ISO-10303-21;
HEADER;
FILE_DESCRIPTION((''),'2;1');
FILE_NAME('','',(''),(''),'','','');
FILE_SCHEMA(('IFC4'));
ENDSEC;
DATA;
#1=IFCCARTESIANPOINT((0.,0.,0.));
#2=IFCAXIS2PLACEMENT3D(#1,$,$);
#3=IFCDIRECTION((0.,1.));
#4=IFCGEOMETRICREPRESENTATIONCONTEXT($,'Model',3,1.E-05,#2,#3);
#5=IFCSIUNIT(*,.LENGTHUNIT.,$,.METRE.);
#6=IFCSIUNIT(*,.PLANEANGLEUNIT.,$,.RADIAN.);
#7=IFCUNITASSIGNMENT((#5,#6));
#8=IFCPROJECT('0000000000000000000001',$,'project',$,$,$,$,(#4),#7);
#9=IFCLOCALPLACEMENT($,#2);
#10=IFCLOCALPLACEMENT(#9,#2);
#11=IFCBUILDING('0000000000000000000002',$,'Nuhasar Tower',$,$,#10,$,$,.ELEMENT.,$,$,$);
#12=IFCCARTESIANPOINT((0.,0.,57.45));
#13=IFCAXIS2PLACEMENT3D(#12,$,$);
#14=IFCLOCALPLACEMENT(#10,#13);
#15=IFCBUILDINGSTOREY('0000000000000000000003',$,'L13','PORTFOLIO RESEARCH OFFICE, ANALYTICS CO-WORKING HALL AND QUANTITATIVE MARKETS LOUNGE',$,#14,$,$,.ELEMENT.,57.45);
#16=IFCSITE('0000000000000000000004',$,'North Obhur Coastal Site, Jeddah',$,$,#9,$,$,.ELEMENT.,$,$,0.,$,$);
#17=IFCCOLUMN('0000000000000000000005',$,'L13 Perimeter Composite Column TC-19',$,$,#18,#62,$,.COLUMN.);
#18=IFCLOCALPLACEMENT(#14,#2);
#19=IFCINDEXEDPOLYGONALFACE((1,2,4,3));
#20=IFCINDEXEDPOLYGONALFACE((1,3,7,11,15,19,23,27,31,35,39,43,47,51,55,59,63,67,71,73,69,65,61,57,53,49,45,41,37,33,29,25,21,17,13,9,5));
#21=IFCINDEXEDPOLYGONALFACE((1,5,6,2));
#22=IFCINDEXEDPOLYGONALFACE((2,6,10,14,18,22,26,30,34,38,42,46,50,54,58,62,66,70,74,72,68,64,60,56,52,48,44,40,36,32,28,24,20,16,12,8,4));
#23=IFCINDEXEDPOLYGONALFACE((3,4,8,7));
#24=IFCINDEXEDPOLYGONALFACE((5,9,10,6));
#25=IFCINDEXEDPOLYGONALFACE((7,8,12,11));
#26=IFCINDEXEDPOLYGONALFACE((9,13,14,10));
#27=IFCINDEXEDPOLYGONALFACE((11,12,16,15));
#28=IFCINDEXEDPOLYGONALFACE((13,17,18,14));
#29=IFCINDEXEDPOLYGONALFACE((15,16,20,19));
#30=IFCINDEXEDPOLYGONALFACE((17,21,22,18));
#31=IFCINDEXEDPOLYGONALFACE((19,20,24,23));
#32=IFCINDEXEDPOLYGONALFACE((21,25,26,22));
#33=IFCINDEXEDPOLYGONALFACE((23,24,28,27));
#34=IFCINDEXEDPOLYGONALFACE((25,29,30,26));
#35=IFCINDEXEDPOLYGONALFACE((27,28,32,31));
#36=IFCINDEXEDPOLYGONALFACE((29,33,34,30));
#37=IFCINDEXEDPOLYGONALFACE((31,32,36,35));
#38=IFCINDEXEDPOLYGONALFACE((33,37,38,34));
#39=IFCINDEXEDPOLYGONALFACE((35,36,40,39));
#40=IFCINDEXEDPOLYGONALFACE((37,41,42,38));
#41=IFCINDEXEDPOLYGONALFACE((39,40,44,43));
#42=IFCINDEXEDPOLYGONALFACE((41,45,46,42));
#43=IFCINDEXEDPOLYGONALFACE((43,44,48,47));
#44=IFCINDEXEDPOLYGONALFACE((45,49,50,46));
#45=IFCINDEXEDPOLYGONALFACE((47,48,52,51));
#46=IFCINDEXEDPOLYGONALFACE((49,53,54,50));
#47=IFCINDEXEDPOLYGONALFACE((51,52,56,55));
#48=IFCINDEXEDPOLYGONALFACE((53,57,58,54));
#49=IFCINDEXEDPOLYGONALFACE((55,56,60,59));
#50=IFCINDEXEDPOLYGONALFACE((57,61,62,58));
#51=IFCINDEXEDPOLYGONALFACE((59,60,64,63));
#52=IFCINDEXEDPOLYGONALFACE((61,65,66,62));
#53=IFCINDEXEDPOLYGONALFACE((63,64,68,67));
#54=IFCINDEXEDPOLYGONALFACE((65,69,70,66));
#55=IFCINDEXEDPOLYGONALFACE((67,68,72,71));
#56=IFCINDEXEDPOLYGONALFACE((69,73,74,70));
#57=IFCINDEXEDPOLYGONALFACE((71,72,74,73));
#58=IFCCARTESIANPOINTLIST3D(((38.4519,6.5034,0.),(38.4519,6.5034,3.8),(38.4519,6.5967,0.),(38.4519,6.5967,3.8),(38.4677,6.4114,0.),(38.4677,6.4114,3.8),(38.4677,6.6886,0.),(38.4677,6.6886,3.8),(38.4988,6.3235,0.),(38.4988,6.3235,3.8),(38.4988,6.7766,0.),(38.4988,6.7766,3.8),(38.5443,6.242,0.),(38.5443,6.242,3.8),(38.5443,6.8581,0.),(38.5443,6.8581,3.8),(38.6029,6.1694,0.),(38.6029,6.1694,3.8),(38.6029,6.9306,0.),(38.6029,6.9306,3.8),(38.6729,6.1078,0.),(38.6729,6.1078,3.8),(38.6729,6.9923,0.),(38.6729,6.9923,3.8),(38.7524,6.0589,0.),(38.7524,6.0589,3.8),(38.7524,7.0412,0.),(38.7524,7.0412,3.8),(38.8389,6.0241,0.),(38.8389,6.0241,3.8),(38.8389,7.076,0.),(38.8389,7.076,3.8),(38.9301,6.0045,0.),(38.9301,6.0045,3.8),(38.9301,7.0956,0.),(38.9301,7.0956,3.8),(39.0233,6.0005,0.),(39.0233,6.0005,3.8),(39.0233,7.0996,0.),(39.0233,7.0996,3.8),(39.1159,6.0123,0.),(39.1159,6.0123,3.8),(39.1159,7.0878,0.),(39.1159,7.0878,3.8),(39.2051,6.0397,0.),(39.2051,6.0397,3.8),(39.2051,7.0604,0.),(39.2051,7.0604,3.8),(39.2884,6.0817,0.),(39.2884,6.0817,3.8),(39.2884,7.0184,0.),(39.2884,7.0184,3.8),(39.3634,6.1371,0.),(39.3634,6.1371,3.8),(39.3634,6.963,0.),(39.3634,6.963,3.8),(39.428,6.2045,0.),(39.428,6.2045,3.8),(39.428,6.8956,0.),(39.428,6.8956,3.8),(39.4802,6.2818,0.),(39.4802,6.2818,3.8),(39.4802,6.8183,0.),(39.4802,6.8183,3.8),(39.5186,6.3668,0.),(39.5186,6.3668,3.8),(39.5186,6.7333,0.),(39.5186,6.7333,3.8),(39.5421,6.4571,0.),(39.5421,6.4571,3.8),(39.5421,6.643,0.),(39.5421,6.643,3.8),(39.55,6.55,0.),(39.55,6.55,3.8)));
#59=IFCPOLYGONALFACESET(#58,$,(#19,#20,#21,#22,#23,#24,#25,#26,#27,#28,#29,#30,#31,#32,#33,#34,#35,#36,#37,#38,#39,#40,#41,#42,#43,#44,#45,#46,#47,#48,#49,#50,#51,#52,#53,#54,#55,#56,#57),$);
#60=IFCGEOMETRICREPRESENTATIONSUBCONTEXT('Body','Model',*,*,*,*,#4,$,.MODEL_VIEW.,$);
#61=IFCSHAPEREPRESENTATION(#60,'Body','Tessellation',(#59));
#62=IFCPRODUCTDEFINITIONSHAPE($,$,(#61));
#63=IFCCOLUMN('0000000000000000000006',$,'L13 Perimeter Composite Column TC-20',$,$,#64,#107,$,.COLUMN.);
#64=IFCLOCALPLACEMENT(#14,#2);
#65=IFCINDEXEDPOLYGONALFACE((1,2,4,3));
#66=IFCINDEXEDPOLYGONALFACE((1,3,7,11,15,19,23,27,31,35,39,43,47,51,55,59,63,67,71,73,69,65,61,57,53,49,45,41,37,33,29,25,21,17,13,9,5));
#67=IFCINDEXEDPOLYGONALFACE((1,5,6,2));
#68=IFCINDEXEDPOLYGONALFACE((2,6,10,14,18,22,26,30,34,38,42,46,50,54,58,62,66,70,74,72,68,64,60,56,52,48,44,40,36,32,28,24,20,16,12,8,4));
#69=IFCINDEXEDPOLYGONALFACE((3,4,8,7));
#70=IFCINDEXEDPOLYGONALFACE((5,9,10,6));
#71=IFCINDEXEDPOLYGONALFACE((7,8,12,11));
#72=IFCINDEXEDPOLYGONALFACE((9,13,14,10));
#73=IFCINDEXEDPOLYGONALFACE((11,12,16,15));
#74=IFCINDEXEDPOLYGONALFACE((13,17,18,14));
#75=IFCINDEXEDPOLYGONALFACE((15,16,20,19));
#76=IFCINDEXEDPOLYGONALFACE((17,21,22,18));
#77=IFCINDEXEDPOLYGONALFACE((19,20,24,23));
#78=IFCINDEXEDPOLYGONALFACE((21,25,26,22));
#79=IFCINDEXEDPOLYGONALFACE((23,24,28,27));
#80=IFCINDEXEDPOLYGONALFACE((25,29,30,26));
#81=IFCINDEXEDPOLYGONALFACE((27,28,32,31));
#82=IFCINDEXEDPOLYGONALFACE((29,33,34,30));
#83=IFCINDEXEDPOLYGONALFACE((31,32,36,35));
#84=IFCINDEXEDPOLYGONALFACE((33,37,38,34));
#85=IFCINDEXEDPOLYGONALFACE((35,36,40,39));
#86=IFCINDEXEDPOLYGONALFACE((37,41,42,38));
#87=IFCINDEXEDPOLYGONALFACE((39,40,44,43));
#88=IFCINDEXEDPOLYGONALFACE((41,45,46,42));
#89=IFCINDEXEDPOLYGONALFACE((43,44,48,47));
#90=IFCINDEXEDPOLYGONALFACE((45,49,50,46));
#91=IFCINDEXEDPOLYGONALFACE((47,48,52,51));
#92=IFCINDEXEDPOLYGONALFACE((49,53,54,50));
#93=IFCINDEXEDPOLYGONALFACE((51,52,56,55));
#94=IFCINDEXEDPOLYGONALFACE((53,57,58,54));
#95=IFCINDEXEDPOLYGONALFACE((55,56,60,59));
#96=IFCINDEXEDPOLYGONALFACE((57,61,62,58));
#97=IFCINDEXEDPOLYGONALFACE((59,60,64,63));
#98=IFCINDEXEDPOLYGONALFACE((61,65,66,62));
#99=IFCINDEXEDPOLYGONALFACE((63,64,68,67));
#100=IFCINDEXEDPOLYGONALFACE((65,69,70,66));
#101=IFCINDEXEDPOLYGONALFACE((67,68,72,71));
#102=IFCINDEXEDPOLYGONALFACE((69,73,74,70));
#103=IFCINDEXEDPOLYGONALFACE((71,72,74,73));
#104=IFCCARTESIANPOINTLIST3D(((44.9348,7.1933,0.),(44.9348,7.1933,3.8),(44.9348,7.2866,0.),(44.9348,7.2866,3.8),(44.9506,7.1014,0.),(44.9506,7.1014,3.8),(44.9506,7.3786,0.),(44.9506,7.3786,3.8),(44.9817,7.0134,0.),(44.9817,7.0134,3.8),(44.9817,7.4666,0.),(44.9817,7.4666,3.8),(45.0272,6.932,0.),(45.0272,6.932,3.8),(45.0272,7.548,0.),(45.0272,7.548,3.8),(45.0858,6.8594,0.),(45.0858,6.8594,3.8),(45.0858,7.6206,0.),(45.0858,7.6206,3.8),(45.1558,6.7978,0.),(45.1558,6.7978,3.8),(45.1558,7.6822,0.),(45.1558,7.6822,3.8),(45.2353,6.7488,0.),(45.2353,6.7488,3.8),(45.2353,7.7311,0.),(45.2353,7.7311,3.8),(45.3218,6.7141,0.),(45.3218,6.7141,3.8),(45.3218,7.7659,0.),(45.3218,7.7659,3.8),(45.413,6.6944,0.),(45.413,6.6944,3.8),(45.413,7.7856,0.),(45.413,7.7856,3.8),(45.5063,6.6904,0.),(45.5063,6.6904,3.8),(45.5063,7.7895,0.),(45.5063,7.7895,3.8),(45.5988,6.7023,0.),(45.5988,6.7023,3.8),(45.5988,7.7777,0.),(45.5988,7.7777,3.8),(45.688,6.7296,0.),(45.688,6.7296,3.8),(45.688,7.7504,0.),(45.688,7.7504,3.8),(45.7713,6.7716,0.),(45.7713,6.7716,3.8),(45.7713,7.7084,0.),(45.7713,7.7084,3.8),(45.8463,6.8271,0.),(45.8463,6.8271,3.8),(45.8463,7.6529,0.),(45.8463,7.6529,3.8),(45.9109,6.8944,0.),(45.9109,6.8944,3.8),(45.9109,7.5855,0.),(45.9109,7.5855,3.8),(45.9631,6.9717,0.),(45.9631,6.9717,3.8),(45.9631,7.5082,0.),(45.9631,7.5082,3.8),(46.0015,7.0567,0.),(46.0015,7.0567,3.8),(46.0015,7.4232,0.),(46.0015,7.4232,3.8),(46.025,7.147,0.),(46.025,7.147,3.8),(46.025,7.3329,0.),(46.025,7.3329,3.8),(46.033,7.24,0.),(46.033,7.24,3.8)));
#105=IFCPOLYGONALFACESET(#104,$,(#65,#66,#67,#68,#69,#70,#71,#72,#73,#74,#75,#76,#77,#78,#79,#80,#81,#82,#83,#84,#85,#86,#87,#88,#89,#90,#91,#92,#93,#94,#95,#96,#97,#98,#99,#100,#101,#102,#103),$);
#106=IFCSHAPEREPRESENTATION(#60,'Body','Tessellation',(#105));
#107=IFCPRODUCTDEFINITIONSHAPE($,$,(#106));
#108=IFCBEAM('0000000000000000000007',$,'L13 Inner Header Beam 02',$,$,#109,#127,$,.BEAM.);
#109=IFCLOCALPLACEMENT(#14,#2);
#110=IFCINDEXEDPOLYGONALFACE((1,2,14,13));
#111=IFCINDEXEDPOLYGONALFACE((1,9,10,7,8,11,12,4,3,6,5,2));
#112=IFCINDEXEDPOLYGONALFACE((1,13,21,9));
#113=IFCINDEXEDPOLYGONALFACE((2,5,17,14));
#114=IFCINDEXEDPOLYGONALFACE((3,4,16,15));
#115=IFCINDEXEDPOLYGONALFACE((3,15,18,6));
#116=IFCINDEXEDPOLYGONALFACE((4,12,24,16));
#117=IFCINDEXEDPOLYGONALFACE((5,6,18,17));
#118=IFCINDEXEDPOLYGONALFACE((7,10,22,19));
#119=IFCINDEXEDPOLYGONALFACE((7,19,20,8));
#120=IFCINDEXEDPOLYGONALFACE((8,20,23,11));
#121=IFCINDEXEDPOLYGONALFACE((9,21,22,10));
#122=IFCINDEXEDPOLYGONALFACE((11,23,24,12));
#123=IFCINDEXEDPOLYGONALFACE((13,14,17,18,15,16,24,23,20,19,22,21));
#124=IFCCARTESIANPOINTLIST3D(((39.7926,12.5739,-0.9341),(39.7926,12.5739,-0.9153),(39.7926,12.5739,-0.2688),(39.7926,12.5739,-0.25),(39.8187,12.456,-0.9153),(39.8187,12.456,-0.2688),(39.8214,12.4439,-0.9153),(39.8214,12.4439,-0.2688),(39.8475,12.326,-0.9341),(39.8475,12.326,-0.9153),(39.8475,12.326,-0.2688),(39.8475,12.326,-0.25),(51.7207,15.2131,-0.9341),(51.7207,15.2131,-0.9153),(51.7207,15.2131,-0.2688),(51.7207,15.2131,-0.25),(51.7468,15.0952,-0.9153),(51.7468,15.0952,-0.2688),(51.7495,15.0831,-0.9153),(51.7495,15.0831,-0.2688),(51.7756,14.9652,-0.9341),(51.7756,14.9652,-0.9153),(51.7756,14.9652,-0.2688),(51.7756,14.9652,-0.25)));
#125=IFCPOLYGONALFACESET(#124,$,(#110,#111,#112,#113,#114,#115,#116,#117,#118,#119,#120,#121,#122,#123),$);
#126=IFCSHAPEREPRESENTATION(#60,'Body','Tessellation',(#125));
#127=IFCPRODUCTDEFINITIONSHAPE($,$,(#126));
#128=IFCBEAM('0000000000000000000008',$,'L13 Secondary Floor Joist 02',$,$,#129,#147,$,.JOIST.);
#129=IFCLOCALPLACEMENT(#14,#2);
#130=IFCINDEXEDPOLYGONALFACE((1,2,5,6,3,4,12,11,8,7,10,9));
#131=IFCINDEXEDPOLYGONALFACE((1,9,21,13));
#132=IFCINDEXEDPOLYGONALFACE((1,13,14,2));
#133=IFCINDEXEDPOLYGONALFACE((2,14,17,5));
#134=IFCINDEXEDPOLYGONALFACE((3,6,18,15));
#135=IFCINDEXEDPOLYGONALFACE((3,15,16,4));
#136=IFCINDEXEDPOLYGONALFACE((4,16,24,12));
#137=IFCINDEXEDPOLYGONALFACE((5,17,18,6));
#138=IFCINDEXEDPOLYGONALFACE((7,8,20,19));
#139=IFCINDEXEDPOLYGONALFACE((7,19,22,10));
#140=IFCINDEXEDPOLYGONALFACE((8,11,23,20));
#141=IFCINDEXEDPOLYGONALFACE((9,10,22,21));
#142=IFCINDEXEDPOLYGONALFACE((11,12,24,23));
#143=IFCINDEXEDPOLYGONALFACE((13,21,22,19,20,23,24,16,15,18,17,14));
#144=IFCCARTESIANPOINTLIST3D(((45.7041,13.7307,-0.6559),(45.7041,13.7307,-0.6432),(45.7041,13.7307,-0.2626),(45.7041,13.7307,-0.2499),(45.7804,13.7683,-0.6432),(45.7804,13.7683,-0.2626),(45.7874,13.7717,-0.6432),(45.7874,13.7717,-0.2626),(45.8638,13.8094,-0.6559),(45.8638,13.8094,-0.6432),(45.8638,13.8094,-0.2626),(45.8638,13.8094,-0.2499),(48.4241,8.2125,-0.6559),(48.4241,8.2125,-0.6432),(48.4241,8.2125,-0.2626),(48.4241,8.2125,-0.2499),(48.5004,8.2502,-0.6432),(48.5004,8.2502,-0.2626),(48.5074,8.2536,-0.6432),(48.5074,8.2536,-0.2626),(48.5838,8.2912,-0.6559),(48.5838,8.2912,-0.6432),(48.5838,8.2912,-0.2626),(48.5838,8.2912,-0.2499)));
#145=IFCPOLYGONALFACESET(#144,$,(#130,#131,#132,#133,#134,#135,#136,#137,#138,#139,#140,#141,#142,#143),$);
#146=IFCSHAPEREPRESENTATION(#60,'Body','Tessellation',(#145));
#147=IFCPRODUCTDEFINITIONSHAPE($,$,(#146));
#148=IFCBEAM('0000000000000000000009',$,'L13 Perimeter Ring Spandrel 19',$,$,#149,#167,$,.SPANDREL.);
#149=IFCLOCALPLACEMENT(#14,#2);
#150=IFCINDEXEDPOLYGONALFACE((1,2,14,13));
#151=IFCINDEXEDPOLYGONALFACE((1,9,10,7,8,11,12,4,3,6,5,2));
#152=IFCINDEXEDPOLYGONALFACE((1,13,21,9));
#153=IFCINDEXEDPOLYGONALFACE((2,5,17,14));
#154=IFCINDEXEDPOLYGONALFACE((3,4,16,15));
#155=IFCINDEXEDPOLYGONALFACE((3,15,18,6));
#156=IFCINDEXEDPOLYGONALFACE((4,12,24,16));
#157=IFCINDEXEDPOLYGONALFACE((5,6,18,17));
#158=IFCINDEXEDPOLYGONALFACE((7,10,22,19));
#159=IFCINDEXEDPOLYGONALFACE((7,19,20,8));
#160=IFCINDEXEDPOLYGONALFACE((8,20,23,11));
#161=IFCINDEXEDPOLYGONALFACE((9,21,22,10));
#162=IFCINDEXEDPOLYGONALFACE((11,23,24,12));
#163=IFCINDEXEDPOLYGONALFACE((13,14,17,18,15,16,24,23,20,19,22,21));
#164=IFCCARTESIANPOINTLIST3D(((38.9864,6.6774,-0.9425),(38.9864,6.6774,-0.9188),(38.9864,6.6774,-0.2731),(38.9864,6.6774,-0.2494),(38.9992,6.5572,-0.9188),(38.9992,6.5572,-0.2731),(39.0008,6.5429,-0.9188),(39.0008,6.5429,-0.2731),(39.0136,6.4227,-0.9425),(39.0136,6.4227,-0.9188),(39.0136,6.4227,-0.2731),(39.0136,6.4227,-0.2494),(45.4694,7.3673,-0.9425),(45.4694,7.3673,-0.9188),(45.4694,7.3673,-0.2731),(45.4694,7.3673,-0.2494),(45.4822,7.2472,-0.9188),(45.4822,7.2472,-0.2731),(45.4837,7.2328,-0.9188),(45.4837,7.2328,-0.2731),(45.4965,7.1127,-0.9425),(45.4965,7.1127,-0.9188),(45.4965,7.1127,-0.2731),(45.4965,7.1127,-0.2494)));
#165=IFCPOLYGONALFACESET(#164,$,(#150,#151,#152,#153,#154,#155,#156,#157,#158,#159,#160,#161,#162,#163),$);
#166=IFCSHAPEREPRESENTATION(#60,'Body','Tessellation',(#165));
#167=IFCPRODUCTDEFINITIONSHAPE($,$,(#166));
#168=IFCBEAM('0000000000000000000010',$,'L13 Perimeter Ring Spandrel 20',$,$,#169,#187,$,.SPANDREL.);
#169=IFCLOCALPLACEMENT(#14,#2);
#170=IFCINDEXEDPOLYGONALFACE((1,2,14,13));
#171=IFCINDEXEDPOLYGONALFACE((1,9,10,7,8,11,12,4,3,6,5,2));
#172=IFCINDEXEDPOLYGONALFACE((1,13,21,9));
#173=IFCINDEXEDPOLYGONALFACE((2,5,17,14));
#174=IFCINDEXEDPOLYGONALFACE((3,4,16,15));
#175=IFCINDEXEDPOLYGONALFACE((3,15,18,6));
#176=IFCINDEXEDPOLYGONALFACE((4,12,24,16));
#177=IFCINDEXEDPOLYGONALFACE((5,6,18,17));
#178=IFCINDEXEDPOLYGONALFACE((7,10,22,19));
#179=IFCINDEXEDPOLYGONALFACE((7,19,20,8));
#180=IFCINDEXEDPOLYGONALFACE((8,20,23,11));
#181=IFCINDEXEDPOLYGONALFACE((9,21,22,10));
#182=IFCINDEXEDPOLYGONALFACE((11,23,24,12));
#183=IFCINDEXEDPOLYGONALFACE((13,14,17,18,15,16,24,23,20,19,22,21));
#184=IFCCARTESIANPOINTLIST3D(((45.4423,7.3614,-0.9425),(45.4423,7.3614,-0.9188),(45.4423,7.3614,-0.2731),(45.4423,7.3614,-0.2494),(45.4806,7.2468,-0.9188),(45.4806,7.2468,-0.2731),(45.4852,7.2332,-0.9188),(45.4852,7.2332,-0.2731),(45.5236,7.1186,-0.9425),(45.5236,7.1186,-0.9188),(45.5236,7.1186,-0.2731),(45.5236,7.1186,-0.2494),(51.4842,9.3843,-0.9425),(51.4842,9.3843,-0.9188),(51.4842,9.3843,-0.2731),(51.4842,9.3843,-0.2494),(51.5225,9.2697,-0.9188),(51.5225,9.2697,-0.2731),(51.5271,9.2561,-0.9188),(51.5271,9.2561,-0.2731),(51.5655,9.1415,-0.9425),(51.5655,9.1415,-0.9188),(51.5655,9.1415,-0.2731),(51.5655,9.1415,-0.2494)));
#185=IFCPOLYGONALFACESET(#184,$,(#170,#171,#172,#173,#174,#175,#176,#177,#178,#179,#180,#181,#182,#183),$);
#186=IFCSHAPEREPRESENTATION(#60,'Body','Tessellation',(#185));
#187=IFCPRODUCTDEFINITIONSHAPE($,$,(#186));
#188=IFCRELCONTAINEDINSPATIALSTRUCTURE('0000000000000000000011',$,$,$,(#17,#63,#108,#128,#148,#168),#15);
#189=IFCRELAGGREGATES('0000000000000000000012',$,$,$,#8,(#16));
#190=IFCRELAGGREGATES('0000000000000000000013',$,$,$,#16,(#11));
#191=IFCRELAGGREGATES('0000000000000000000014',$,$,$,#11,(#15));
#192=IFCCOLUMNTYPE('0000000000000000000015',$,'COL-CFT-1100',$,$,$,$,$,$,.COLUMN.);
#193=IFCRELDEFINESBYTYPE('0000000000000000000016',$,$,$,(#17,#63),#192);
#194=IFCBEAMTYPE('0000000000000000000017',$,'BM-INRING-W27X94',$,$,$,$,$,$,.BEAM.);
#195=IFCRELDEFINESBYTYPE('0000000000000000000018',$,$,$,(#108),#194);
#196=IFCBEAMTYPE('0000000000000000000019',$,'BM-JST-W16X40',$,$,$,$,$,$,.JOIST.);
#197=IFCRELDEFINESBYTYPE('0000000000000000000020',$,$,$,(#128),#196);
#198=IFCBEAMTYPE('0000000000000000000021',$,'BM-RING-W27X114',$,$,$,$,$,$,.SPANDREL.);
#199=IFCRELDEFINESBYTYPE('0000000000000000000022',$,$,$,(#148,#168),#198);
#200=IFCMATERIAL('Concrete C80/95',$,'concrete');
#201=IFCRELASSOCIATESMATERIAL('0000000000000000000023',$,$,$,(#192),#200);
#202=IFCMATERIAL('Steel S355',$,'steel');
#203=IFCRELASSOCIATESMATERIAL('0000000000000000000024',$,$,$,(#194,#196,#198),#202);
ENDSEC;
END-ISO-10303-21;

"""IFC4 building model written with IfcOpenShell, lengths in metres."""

from ifc_helpers import new_model, si_unit, direction, frame, origin, origin_2d, place, context, subcontext, project, spatial, circle, i_section, extrude, material, material_profile, profile_set, type_object, element, save


model = new_model("IFC4")

# Units and contexts
model_context = context("Model", 3, precision=1e-05, world=origin(), true_north=direction((0.0, 1.0)))
body_context = subcontext(model_context, "Body", "Model", "MODEL_VIEW")
ifc_project = project(units=[si_unit("LENGTHUNIT", "METRE"), si_unit("PLANEANGLEUNIT", "RADIAN")], contexts=[model_context])

# Site, building, storey
site_placement = place(None, origin())
site = spatial("IfcSite", under=ifc_project, at=site_placement, Name="North Obhur Coastal Site, Jeddah", CompositionType="ELEMENT", RefElevation=0.0)
building_placement = place(site_placement, origin())
building = spatial("IfcBuilding", under=site, at=building_placement, Name="Nuhasar Tower", CompositionType="ELEMENT")
storey_placement = place(building_placement, frame((0.0, 0.0, 57.45)))
storey = spatial("IfcBuildingStorey", under=building, at=storey_placement, Name="L13", Description="PORTFOLIO RESEARCH OFFICE, ANALYTICS CO-WORKING HALL AND QUANTITATIVE MARKETS LOUNGE", CompositionType="ELEMENT", Elevation=57.45)

# Columns
ifc_material_1 = material(Name="Concrete C80/95", Category="concrete")
ifc_material_profile_1 = material_profile(ifc_material_1, circle(Radius=0.55, at=origin_2d()), Name="CFT1100")
ifc_profile_set_1 = profile_set([ifc_material_profile_1], Name="Concrete C80/95")
column_type = type_object("IfcColumnType", Name="COL-CFT-1100", PredefinedType="COLUMN", material=ifc_profile_set_1)
for number, where, z_axis, x_axis, name in (
    (1, (39.0, 6.55, 0.0), (0.0, 0.0, 1.0), (1.0, 0.0, 0.0), "L13 Perimeter Composite Column TC-19"),
    (2, (45.4829, 7.24, 0.0), (0.0, 0.0, 1.0), (1.0, 0.0, 0.0), "L13 Perimeter Composite Column TC-20"),
):
    element("IfcColumn", number, at=place(storey_placement, frame(where, z_axis=z_axis, x_axis=x_axis)), inside=storey, type_object=column_type, Name=name, PredefinedType="COLUMN", context=body_context, shape_type="SweptSolid", body=[
        extrude(circle(Radius=0.55, at=origin_2d()), origin(), (0.0, 0.0, 1.0), 3.8),
    ])

# Beams
ifc_material_2 = material(Name="Steel S355", Category="steel")
ifc_material_profile_2 = material_profile(ifc_material_2, i_section(OverallWidth=0.2539, OverallDepth=0.6841, WebThickness=0.0125, FlangeThickness=0.0188, at=origin_2d()), Name="W27X94")
ifc_profile_set_2 = profile_set([ifc_material_profile_2], Name="Steel S355")
beam_type_1 = type_object("IfcBeamType", Name="BM-INRING-W27X94", PredefinedType="BEAM", material=ifc_profile_set_2)
beam_1_placement = place(storey_placement, frame((39.8201, 12.45, -0.592), z_axis=(0.976386, 0.216033, 0.0), x_axis=(-0.216033, 0.976386, 0.0)))
element("IfcBeam", 3, at=beam_1_placement, inside=storey, type_object=beam_type_1, Name="L13 Inner Header Beam 02", PredefinedType="BEAM", context=body_context, shape_type="SweptSolid", body=[
    extrude(i_section(OverallWidth=0.2539, OverallDepth=0.6841, WebThickness=0.0125, FlangeThickness=0.0188, at=origin_2d()), origin(), (0.0, 0.0, 1.0), 12.2166),
])
ifc_material_profile_3 = material_profile(ifc_material_2, i_section(OverallWidth=0.178, OverallDepth=0.406, WebThickness=0.0078, FlangeThickness=0.0127, at=origin_2d()), Name="W16X40")
ifc_profile_set_3 = profile_set([ifc_material_profile_3], Name="Steel S355")
beam_type_2 = type_object("IfcBeamType", Name="BM-JST-W16X40", PredefinedType="JOIST", material=ifc_profile_set_3)
beam_2_placement = place(storey_placement, frame((45.7839, 13.77, -0.4529), z_axis=(0.442127, -0.896953, 0.0), x_axis=(0.896953, 0.442127, 0.0)))
element("IfcBeam", 4, at=beam_2_placement, inside=storey, type_object=beam_type_2, Name="L13 Secondary Floor Joist 02", PredefinedType="JOIST", context=body_context, shape_type="SweptSolid", body=[
    extrude(i_section(OverallWidth=0.178, OverallDepth=0.406, WebThickness=0.0078, FlangeThickness=0.0127, at=origin_2d()), origin(), (0.0, 0.0, 1.0), 6.1521),
])
ifc_material_profile_4 = material_profile(ifc_material_2, i_section(OverallWidth=0.2561, OverallDepth=0.6931, WebThickness=0.0144, FlangeThickness=0.0237, at=origin_2d()), Name="W27X114")
ifc_profile_set_4 = profile_set([ifc_material_profile_4], Name="Steel S355")
beam_type_3 = type_object("IfcBeamType", Name="BM-RING-W27X114", PredefinedType="SPANDREL", material=ifc_profile_set_4)
beam_3_placement = place(storey_placement, frame((39.0, 6.55, -0.5959), z_axis=(0.994385, 0.105827, 0.0), x_axis=(-0.105827, 0.994385, 0.0)))
element("IfcBeam", 5, at=beam_3_placement, inside=storey, type_object=beam_type_3, Name="L13 Perimeter Ring Spandrel 19", PredefinedType="SPANDREL", context=body_context, shape_type="SweptSolid", body=[
    extrude(i_section(OverallWidth=0.2561, OverallDepth=0.6931, WebThickness=0.0144, FlangeThickness=0.0237, at=origin_2d()), origin(), (0.0, 0.0, 1.0), 6.5195),
])
beam_4_placement = place(storey_placement, frame((45.4829, 7.24, -0.5959), z_axis=(0.948261, 0.317492, 0.0), x_axis=(-0.317492, 0.948261, 0.0)))
element("IfcBeam", 6, at=beam_4_placement, inside=storey, type_object=beam_type_3, Name="L13 Perimeter Ring Spandrel 20", PredefinedType="SPANDREL", context=body_context, shape_type="SweptSolid", body=[
    extrude(i_section(OverallWidth=0.2561, OverallDepth=0.6931, WebThickness=0.0144, FlangeThickness=0.0237, at=origin_2d()), origin(), (0.0, 0.0, 1.0), 6.3716),
])

save(model, "model.ifc")
